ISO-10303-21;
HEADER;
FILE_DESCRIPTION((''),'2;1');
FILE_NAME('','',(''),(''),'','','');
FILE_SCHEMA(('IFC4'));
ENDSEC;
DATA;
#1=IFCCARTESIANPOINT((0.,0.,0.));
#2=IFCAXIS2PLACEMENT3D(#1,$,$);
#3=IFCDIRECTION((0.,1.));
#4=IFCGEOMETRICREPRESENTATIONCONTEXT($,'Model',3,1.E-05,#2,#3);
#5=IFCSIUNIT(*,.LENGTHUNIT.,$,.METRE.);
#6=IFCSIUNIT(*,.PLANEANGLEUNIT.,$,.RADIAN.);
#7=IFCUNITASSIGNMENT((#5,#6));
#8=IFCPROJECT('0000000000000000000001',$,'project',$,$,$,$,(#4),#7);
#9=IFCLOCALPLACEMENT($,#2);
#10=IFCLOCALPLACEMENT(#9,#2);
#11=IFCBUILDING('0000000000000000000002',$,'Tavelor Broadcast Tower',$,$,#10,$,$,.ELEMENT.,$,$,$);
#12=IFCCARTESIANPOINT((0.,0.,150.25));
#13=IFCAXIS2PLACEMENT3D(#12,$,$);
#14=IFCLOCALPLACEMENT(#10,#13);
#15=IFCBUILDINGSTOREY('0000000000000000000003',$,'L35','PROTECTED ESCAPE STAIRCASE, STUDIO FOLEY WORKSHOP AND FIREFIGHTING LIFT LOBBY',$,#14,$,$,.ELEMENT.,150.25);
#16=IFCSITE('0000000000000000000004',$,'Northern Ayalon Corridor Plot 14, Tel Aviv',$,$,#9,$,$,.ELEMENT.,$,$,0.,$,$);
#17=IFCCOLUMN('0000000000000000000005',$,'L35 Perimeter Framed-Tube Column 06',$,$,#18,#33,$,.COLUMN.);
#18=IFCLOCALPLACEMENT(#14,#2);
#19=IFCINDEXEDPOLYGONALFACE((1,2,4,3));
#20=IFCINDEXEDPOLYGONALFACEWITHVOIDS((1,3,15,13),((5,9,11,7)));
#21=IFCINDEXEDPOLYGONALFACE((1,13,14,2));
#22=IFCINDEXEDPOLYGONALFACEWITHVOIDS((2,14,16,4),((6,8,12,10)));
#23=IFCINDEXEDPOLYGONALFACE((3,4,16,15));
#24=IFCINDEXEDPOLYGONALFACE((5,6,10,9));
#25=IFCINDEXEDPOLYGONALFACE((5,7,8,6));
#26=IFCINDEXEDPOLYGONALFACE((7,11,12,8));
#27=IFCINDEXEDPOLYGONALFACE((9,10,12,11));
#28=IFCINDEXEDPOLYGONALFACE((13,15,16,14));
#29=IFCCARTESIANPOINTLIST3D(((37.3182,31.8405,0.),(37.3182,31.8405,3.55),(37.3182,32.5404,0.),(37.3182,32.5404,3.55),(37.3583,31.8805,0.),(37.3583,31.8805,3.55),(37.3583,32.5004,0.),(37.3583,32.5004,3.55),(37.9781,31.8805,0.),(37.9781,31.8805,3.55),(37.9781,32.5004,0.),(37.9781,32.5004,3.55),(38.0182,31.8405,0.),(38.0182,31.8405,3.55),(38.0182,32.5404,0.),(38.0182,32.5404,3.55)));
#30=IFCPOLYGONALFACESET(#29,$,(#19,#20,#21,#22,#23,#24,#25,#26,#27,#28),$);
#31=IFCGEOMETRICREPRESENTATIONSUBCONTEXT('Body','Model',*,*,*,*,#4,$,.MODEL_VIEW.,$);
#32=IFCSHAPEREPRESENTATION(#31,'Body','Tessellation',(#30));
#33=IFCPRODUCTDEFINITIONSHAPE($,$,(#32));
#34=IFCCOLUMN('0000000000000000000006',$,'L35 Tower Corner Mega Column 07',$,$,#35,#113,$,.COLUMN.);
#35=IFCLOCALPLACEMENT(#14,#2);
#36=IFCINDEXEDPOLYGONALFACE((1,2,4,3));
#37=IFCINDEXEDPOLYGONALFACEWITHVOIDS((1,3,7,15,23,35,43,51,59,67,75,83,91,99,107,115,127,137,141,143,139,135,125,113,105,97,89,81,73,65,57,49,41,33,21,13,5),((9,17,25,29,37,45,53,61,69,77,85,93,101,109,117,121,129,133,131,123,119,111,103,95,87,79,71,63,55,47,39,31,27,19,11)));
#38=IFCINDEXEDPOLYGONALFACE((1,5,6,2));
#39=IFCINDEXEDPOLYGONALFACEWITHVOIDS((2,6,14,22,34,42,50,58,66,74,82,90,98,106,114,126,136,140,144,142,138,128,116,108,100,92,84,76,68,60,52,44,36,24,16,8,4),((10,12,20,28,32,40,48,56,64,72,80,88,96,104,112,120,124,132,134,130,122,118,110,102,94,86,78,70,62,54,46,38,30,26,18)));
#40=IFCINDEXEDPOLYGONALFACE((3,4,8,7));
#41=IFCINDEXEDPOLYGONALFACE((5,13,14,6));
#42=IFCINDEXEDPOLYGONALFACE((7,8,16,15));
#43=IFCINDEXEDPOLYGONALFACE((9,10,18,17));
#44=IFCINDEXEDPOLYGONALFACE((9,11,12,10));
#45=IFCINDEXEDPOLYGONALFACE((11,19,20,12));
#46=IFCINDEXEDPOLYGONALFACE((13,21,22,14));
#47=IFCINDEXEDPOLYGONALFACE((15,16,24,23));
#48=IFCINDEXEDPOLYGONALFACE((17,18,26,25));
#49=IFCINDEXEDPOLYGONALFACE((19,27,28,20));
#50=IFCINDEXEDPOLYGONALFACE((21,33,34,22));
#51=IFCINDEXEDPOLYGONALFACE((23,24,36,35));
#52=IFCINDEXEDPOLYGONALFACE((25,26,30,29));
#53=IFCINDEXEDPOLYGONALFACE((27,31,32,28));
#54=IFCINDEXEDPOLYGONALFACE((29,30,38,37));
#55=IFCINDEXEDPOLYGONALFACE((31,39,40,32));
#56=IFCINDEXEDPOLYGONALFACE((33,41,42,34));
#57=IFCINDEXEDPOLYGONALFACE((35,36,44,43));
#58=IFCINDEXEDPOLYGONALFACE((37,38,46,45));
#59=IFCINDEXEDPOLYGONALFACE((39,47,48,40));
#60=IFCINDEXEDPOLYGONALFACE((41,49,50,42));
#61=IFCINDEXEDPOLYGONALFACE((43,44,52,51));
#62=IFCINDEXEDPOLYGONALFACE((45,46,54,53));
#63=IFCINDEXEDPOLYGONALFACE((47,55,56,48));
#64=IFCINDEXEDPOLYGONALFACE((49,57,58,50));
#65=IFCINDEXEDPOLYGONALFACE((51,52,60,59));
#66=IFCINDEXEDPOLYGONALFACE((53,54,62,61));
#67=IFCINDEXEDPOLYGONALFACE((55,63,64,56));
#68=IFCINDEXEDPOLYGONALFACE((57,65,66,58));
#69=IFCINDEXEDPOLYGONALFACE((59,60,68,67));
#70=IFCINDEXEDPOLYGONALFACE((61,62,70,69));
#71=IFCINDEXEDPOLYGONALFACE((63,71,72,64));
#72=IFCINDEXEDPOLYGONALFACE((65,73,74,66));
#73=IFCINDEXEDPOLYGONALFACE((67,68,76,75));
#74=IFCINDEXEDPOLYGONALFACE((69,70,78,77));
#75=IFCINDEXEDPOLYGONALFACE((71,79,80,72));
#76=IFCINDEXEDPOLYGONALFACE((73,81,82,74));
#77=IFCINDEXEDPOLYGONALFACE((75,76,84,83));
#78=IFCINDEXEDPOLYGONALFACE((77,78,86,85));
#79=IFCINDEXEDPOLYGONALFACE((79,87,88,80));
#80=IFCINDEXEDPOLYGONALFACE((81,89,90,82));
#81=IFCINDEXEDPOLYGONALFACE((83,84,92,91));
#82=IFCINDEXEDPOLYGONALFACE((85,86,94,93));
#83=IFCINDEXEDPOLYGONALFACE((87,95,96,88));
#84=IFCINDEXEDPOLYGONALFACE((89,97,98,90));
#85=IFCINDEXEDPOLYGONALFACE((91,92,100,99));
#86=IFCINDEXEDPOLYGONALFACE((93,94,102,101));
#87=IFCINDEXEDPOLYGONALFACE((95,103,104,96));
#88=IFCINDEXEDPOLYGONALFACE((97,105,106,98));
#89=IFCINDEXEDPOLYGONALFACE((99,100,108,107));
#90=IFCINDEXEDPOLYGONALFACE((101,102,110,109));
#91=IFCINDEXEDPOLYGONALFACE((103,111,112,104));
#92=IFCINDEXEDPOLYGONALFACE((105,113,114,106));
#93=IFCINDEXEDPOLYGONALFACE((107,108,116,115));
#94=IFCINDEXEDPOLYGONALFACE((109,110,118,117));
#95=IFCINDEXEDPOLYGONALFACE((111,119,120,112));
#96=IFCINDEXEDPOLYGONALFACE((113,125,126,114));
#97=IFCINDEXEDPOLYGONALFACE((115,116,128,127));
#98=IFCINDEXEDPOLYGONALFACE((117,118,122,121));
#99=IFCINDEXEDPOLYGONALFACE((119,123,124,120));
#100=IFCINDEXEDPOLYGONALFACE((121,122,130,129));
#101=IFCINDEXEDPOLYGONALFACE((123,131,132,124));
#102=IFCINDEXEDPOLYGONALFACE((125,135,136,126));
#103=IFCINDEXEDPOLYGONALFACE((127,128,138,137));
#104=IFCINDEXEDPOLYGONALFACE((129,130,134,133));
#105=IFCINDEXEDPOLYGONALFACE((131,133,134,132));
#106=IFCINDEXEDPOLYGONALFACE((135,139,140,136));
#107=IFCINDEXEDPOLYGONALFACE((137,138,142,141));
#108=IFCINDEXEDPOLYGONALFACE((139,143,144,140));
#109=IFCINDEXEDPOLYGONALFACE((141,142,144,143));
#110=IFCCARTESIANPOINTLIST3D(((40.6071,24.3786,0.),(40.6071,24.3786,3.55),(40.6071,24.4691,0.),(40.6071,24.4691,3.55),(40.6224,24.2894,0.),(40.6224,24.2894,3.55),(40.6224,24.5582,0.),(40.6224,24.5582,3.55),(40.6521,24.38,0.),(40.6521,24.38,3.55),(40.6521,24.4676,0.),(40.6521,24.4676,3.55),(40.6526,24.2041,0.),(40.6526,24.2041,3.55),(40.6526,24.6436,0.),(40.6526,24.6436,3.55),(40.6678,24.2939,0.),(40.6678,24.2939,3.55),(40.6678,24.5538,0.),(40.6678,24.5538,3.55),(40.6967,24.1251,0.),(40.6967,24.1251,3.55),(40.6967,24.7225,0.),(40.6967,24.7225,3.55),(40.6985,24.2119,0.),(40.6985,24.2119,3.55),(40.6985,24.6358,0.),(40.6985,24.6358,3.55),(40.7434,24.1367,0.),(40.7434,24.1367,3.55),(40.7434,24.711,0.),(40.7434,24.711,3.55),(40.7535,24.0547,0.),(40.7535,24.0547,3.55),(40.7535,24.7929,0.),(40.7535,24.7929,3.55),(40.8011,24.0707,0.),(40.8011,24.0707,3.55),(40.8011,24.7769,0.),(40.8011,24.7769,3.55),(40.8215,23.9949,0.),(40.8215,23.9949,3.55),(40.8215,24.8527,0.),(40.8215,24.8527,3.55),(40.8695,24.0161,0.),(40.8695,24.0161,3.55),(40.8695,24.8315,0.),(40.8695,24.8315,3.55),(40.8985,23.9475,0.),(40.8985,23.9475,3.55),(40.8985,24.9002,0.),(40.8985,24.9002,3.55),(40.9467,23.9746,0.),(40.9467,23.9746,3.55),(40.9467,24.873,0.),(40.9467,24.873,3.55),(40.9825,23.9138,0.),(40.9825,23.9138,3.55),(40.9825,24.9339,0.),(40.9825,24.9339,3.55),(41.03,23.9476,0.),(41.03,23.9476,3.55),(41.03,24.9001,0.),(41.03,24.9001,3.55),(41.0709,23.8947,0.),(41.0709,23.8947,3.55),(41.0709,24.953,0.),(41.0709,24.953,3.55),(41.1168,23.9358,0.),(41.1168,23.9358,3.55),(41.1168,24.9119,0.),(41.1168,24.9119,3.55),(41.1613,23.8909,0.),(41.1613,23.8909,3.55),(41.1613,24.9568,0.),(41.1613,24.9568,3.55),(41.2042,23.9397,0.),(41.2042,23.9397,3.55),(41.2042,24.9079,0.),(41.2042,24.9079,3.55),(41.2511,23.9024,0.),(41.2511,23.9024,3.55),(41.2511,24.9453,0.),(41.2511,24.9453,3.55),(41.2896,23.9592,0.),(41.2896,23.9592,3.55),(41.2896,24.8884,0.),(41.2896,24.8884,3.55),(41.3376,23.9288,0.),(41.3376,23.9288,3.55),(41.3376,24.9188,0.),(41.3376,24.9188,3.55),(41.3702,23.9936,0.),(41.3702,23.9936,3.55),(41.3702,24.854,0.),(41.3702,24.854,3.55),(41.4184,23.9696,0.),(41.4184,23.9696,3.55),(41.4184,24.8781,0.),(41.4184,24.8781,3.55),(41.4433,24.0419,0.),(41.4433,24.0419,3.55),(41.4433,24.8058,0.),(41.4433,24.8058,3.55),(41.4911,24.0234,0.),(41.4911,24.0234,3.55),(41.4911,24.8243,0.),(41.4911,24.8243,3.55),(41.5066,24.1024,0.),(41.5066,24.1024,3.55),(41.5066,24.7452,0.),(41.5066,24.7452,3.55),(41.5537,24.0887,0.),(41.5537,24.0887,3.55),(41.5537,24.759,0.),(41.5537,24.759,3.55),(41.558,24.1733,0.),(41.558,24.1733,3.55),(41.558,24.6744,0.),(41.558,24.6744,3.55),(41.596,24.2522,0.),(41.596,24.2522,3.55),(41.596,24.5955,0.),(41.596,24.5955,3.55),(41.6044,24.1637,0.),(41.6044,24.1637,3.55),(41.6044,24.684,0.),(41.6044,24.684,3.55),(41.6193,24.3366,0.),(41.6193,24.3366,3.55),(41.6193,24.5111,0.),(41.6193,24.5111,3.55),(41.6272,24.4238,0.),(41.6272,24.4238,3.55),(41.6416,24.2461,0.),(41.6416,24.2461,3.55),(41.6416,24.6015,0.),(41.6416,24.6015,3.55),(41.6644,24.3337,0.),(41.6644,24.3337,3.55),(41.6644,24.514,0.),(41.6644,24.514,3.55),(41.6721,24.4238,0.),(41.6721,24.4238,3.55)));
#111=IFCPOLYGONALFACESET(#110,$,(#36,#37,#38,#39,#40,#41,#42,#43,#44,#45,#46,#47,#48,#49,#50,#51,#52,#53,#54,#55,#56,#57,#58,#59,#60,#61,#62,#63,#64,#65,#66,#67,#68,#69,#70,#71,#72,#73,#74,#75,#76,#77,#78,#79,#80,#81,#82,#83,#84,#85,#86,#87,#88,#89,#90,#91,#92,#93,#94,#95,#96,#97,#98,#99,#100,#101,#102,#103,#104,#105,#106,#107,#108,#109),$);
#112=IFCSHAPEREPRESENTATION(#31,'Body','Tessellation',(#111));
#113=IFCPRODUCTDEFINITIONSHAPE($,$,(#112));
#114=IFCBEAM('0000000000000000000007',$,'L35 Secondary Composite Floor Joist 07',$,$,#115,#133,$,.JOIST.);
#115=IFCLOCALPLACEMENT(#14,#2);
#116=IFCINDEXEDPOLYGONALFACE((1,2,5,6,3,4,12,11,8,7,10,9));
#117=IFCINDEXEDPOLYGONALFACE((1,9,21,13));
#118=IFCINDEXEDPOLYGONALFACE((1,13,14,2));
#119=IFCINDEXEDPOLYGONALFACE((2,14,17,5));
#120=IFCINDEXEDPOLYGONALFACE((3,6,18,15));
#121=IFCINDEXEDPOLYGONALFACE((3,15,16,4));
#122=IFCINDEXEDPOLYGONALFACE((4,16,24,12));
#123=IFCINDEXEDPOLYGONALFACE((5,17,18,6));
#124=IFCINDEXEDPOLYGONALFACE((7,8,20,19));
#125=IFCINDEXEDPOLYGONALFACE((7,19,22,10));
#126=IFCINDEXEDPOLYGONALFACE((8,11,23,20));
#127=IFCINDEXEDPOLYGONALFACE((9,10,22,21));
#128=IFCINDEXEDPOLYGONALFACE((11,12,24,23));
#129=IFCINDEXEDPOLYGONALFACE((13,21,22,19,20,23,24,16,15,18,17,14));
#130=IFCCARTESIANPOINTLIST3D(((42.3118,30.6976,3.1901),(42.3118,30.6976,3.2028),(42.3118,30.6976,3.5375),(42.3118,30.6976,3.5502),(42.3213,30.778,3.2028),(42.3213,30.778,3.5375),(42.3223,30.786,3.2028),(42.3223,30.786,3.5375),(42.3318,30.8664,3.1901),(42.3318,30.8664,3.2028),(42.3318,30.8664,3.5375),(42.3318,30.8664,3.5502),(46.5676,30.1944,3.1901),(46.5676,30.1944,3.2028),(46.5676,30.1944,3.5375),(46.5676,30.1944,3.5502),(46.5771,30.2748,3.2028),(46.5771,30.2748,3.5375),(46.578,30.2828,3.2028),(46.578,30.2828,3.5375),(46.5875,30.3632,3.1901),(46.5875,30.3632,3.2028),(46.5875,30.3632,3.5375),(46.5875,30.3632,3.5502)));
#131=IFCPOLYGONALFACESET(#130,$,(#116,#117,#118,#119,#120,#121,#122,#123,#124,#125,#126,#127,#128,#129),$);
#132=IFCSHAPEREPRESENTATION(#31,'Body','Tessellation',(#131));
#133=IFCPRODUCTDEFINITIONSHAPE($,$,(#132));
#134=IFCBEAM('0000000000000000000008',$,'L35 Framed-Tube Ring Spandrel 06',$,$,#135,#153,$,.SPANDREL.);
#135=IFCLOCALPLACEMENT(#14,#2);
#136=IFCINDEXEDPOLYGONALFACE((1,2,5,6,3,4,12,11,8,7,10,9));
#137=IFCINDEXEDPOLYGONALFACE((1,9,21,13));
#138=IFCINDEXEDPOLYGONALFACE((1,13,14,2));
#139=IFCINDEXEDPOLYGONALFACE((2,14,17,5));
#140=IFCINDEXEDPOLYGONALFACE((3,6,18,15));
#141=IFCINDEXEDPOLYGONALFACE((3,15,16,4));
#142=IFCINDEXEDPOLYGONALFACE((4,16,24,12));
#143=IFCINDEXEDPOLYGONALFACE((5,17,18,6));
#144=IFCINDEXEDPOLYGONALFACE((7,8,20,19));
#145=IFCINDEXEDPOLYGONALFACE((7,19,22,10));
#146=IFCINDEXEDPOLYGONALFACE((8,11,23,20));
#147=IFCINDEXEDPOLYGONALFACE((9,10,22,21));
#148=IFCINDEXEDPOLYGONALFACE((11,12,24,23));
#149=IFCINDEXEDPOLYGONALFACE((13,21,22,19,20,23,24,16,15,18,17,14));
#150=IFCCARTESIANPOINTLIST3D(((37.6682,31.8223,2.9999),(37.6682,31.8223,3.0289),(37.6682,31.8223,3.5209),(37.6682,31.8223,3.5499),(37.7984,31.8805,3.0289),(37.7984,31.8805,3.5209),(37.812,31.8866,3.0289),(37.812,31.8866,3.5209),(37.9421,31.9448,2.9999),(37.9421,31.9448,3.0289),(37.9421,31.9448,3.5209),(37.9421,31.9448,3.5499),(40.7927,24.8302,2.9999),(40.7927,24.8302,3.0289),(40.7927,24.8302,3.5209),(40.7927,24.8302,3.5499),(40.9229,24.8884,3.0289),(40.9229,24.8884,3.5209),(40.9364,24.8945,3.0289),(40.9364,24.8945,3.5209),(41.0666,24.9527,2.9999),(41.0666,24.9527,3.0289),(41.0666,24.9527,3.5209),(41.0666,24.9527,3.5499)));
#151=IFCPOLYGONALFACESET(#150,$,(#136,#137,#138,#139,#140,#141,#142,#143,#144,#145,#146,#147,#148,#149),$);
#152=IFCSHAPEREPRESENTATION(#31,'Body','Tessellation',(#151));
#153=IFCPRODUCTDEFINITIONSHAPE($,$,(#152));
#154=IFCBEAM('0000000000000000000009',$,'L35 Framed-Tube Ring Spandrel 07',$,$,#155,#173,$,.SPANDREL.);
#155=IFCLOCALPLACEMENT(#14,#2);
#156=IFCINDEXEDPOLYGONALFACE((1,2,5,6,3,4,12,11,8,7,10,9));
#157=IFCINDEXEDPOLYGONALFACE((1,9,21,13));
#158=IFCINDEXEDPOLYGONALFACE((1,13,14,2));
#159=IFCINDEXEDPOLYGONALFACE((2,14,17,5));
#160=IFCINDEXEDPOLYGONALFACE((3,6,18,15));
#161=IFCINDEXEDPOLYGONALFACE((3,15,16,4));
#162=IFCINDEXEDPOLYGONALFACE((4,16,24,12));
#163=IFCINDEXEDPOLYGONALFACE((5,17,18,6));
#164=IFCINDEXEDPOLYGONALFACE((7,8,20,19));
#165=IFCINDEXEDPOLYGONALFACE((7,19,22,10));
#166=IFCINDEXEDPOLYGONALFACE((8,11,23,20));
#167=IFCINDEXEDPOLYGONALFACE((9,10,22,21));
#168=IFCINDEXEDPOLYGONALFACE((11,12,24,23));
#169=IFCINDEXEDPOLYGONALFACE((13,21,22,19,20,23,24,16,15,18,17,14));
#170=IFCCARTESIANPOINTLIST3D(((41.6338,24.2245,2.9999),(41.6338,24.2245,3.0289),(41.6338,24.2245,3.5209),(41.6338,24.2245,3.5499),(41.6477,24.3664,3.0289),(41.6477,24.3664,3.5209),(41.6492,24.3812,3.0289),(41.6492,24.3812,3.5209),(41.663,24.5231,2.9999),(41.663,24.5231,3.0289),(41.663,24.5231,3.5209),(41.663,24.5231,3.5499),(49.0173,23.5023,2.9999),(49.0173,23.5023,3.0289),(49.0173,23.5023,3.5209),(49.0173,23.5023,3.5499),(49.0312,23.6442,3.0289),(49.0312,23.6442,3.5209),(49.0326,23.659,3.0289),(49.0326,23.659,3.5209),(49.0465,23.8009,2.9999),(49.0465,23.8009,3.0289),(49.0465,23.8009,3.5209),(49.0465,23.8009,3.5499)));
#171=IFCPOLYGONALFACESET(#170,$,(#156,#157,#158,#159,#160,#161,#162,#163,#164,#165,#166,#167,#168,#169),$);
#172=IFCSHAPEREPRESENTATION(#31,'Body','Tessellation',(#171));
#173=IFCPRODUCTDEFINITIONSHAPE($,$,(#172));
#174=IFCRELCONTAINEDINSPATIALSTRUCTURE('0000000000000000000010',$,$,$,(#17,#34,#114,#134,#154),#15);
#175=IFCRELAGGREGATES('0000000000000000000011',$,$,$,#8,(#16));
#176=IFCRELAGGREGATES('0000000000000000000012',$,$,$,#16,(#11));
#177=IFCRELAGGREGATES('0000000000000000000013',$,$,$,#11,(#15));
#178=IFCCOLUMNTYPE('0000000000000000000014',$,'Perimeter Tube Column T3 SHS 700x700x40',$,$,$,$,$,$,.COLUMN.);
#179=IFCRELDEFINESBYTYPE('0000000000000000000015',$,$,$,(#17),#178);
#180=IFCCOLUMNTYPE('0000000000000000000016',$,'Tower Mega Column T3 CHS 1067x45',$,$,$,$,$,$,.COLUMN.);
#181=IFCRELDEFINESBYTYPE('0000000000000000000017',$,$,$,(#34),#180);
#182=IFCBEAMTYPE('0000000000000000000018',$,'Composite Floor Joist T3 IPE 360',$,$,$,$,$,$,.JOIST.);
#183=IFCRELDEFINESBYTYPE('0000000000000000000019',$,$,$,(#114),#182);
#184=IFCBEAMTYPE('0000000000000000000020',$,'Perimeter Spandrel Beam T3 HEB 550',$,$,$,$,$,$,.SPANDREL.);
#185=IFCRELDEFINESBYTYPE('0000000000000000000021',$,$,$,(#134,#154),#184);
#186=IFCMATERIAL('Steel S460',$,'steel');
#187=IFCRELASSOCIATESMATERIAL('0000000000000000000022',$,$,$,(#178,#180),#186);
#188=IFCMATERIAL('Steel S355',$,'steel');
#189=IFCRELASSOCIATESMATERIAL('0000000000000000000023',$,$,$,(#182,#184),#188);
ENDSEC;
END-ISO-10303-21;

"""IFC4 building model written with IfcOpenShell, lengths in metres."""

from ifc_helpers import new_model, si_unit, direction, frame, origin, origin_2d, place, context, subcontext, project, spatial, hollow_rectangle, hollow_circle, i_section, extrude, material, material_profile, profile_set, type_object, element, save


model = new_model("IFC4")

# Units and contexts
model_context = context("Model", 3, precision=1e-05, world=origin(), true_north=direction((0.0, 1.0)))
body_context = subcontext(model_context, "Body", "Model", "MODEL_VIEW")
ifc_project = project(units=[si_unit("LENGTHUNIT", "METRE"), si_unit("PLANEANGLEUNIT", "RADIAN")], contexts=[model_context])

# Site, building, storey
site_placement = place(None, origin())
site = spatial("IfcSite", under=ifc_project, at=site_placement, Name="Northern Ayalon Corridor Plot 14, Tel Aviv", CompositionType="ELEMENT", RefElevation=0.0)
building_placement = place(site_placement, origin())
building = spatial("IfcBuilding", under=site, at=building_placement, Name="Tavelor Broadcast Tower", CompositionType="ELEMENT")
storey_placement = place(building_placement, frame((0.0, 0.0, 150.25)))
storey = spatial("IfcBuildingStorey", under=building, at=storey_placement, Name="L35", Description="PROTECTED ESCAPE STAIRCASE, STUDIO FOLEY WORKSHOP AND FIREFIGHTING LIFT LOBBY", CompositionType="ELEMENT", Elevation=150.25)

# Columns
ifc_material_1 = material(Name="Steel S460", Category="steel")
ifc_material_profile_1 = material_profile(ifc_material_1, hollow_rectangle(XDim=0.7, YDim=0.7, WallThickness=0.04, at=origin_2d()), Name="SHS 700x700x40")
ifc_profile_set_1 = profile_set([ifc_material_profile_1], Name="Steel S460")
column_type_1 = type_object("IfcColumnType", Name="Perimeter Tube Column T3 SHS 700x700x40", PredefinedType="COLUMN", material=ifc_profile_set_1)
column_1_placement = place(storey_placement, frame((37.6682, 32.1904, 0.0), z_axis=(0.0, 0.0, 1.0), x_axis=(1.0, 0.0, 0.0)))
element("IfcColumn", 1, at=column_1_placement, inside=storey, type_object=column_type_1, Name="L35 Perimeter Framed-Tube Column 06", PredefinedType="COLUMN", context=body_context, shape_type="SweptSolid", body=[
    extrude(hollow_rectangle(XDim=0.7, YDim=0.7, WallThickness=0.04, at=origin_2d()), origin(), (0.0, 0.0, 1.0), 3.55),
])
ifc_material_profile_2 = material_profile(ifc_material_1, hollow_circle(Radius=0.5334, WallThickness=0.0449, at=origin_2d()), Name="CHS 1067x45")
ifc_profile_set_2 = profile_set([ifc_material_profile_2], Name="Steel S460")
column_type_2 = type_object("IfcColumnType", Name="Tower Mega Column T3 CHS 1067x45", PredefinedType="COLUMN", material=ifc_profile_set_2)
column_2_placement = place(storey_placement, frame((41.1387, 24.4238, 0.0), z_axis=(0.0, 0.0, 1.0), x_axis=(1.0, 0.0, 0.0)))
element("IfcColumn", 2, at=column_2_placement, inside=storey, type_object=column_type_2, Name="L35 Tower Corner Mega Column 07", PredefinedType="COLUMN", context=body_context, shape_type="SweptSolid", body=[
    extrude(hollow_circle(Radius=0.5334, WallThickness=0.0449, at=origin_2d()), origin(), (0.0, 0.0, 1.0), 3.55),
])

# Beams
ifc_material_2 = material(Name="Steel S355", Category="steel")
ifc_material_profile_3 = material_profile(ifc_material_2, i_section(OverallWidth=0.1699, OverallDepth=0.3601, WebThickness=0.0081, FlangeThickness=0.0127, at=origin_2d()), Name="IPE 360")
ifc_profile_set_3 = profile_set([ifc_material_profile_3], Name="Steel S355")
beam_type_1 = type_object("IfcBeamType", Name="Composite Floor Joist T3 IPE 360", PredefinedType="JOIST", material=ifc_profile_set_3)
beam_1_placement = place(storey_placement, frame((42.3218, 30.782, 3.3701), z_axis=(0.993083, -0.117413, 0.0), x_axis=(0.117413, 0.993083, 0.0)))
element("IfcBeam", 3, at=beam_1_placement, inside=storey, type_object=beam_type_1, Name="L35 Secondary Composite Floor Joist 07", PredefinedType="JOIST", context=body_context, shape_type="SweptSolid", body=[
    extrude(i_section(OverallWidth=0.1699, OverallDepth=0.3601, WebThickness=0.0081, FlangeThickness=0.0127, at=origin_2d()), origin(), (0.0, 0.0, 1.0), 4.2854),
])
ifc_material_profile_4 = material_profile(ifc_material_2, i_section(OverallWidth=0.3, OverallDepth=0.55, WebThickness=0.0149, FlangeThickness=0.0291, at=origin_2d()), Name="HEB 550")
ifc_profile_set_4 = profile_set([ifc_material_profile_4], Name="Steel S355")
beam_type_2 = type_object("IfcBeamType", Name="Perimeter Spandrel Beam T3 HEB 550", PredefinedType="SPANDREL", material=ifc_profile_set_4)
beam_2_placement = place(storey_placement, frame((37.8052, 31.8835, 3.2749), z_axis=(0.407977, -0.912992, 0.0), x_axis=(0.912992, 0.407977, 0.0)))
element("IfcBeam", 4, at=beam_2_placement, inside=storey, type_object=beam_type_2, Name="L35 Framed-Tube Ring Spandrel 06", PredefinedType="SPANDREL", context=body_context, shape_type="SweptSolid", body=[
    extrude(i_section(OverallWidth=0.3, OverallDepth=0.55, WebThickness=0.0149, FlangeThickness=0.0291, at=origin_2d()), origin(), (0.0, 0.0, 1.0), 7.6584),
])
beam_3_placement = place(storey_placement, frame((41.6484, 24.3738, 3.2749), z_axis=(0.995251, -0.097343, 0.0), x_axis=(0.097343, 0.995251, 0.0)))
element("IfcBeam", 5, at=beam_3_placement, inside=storey, type_object=beam_type_2, Name="L35 Framed-Tube Ring Spandrel 07", PredefinedType="SPANDREL", context=body_context, shape_type="SweptSolid", body=[
    extrude(i_section(OverallWidth=0.3, OverallDepth=0.55, WebThickness=0.0149, FlangeThickness=0.0291, at=origin_2d()), origin(), (0.0, 0.0, 1.0), 7.4187),
])

save(model, "model.ifc")
